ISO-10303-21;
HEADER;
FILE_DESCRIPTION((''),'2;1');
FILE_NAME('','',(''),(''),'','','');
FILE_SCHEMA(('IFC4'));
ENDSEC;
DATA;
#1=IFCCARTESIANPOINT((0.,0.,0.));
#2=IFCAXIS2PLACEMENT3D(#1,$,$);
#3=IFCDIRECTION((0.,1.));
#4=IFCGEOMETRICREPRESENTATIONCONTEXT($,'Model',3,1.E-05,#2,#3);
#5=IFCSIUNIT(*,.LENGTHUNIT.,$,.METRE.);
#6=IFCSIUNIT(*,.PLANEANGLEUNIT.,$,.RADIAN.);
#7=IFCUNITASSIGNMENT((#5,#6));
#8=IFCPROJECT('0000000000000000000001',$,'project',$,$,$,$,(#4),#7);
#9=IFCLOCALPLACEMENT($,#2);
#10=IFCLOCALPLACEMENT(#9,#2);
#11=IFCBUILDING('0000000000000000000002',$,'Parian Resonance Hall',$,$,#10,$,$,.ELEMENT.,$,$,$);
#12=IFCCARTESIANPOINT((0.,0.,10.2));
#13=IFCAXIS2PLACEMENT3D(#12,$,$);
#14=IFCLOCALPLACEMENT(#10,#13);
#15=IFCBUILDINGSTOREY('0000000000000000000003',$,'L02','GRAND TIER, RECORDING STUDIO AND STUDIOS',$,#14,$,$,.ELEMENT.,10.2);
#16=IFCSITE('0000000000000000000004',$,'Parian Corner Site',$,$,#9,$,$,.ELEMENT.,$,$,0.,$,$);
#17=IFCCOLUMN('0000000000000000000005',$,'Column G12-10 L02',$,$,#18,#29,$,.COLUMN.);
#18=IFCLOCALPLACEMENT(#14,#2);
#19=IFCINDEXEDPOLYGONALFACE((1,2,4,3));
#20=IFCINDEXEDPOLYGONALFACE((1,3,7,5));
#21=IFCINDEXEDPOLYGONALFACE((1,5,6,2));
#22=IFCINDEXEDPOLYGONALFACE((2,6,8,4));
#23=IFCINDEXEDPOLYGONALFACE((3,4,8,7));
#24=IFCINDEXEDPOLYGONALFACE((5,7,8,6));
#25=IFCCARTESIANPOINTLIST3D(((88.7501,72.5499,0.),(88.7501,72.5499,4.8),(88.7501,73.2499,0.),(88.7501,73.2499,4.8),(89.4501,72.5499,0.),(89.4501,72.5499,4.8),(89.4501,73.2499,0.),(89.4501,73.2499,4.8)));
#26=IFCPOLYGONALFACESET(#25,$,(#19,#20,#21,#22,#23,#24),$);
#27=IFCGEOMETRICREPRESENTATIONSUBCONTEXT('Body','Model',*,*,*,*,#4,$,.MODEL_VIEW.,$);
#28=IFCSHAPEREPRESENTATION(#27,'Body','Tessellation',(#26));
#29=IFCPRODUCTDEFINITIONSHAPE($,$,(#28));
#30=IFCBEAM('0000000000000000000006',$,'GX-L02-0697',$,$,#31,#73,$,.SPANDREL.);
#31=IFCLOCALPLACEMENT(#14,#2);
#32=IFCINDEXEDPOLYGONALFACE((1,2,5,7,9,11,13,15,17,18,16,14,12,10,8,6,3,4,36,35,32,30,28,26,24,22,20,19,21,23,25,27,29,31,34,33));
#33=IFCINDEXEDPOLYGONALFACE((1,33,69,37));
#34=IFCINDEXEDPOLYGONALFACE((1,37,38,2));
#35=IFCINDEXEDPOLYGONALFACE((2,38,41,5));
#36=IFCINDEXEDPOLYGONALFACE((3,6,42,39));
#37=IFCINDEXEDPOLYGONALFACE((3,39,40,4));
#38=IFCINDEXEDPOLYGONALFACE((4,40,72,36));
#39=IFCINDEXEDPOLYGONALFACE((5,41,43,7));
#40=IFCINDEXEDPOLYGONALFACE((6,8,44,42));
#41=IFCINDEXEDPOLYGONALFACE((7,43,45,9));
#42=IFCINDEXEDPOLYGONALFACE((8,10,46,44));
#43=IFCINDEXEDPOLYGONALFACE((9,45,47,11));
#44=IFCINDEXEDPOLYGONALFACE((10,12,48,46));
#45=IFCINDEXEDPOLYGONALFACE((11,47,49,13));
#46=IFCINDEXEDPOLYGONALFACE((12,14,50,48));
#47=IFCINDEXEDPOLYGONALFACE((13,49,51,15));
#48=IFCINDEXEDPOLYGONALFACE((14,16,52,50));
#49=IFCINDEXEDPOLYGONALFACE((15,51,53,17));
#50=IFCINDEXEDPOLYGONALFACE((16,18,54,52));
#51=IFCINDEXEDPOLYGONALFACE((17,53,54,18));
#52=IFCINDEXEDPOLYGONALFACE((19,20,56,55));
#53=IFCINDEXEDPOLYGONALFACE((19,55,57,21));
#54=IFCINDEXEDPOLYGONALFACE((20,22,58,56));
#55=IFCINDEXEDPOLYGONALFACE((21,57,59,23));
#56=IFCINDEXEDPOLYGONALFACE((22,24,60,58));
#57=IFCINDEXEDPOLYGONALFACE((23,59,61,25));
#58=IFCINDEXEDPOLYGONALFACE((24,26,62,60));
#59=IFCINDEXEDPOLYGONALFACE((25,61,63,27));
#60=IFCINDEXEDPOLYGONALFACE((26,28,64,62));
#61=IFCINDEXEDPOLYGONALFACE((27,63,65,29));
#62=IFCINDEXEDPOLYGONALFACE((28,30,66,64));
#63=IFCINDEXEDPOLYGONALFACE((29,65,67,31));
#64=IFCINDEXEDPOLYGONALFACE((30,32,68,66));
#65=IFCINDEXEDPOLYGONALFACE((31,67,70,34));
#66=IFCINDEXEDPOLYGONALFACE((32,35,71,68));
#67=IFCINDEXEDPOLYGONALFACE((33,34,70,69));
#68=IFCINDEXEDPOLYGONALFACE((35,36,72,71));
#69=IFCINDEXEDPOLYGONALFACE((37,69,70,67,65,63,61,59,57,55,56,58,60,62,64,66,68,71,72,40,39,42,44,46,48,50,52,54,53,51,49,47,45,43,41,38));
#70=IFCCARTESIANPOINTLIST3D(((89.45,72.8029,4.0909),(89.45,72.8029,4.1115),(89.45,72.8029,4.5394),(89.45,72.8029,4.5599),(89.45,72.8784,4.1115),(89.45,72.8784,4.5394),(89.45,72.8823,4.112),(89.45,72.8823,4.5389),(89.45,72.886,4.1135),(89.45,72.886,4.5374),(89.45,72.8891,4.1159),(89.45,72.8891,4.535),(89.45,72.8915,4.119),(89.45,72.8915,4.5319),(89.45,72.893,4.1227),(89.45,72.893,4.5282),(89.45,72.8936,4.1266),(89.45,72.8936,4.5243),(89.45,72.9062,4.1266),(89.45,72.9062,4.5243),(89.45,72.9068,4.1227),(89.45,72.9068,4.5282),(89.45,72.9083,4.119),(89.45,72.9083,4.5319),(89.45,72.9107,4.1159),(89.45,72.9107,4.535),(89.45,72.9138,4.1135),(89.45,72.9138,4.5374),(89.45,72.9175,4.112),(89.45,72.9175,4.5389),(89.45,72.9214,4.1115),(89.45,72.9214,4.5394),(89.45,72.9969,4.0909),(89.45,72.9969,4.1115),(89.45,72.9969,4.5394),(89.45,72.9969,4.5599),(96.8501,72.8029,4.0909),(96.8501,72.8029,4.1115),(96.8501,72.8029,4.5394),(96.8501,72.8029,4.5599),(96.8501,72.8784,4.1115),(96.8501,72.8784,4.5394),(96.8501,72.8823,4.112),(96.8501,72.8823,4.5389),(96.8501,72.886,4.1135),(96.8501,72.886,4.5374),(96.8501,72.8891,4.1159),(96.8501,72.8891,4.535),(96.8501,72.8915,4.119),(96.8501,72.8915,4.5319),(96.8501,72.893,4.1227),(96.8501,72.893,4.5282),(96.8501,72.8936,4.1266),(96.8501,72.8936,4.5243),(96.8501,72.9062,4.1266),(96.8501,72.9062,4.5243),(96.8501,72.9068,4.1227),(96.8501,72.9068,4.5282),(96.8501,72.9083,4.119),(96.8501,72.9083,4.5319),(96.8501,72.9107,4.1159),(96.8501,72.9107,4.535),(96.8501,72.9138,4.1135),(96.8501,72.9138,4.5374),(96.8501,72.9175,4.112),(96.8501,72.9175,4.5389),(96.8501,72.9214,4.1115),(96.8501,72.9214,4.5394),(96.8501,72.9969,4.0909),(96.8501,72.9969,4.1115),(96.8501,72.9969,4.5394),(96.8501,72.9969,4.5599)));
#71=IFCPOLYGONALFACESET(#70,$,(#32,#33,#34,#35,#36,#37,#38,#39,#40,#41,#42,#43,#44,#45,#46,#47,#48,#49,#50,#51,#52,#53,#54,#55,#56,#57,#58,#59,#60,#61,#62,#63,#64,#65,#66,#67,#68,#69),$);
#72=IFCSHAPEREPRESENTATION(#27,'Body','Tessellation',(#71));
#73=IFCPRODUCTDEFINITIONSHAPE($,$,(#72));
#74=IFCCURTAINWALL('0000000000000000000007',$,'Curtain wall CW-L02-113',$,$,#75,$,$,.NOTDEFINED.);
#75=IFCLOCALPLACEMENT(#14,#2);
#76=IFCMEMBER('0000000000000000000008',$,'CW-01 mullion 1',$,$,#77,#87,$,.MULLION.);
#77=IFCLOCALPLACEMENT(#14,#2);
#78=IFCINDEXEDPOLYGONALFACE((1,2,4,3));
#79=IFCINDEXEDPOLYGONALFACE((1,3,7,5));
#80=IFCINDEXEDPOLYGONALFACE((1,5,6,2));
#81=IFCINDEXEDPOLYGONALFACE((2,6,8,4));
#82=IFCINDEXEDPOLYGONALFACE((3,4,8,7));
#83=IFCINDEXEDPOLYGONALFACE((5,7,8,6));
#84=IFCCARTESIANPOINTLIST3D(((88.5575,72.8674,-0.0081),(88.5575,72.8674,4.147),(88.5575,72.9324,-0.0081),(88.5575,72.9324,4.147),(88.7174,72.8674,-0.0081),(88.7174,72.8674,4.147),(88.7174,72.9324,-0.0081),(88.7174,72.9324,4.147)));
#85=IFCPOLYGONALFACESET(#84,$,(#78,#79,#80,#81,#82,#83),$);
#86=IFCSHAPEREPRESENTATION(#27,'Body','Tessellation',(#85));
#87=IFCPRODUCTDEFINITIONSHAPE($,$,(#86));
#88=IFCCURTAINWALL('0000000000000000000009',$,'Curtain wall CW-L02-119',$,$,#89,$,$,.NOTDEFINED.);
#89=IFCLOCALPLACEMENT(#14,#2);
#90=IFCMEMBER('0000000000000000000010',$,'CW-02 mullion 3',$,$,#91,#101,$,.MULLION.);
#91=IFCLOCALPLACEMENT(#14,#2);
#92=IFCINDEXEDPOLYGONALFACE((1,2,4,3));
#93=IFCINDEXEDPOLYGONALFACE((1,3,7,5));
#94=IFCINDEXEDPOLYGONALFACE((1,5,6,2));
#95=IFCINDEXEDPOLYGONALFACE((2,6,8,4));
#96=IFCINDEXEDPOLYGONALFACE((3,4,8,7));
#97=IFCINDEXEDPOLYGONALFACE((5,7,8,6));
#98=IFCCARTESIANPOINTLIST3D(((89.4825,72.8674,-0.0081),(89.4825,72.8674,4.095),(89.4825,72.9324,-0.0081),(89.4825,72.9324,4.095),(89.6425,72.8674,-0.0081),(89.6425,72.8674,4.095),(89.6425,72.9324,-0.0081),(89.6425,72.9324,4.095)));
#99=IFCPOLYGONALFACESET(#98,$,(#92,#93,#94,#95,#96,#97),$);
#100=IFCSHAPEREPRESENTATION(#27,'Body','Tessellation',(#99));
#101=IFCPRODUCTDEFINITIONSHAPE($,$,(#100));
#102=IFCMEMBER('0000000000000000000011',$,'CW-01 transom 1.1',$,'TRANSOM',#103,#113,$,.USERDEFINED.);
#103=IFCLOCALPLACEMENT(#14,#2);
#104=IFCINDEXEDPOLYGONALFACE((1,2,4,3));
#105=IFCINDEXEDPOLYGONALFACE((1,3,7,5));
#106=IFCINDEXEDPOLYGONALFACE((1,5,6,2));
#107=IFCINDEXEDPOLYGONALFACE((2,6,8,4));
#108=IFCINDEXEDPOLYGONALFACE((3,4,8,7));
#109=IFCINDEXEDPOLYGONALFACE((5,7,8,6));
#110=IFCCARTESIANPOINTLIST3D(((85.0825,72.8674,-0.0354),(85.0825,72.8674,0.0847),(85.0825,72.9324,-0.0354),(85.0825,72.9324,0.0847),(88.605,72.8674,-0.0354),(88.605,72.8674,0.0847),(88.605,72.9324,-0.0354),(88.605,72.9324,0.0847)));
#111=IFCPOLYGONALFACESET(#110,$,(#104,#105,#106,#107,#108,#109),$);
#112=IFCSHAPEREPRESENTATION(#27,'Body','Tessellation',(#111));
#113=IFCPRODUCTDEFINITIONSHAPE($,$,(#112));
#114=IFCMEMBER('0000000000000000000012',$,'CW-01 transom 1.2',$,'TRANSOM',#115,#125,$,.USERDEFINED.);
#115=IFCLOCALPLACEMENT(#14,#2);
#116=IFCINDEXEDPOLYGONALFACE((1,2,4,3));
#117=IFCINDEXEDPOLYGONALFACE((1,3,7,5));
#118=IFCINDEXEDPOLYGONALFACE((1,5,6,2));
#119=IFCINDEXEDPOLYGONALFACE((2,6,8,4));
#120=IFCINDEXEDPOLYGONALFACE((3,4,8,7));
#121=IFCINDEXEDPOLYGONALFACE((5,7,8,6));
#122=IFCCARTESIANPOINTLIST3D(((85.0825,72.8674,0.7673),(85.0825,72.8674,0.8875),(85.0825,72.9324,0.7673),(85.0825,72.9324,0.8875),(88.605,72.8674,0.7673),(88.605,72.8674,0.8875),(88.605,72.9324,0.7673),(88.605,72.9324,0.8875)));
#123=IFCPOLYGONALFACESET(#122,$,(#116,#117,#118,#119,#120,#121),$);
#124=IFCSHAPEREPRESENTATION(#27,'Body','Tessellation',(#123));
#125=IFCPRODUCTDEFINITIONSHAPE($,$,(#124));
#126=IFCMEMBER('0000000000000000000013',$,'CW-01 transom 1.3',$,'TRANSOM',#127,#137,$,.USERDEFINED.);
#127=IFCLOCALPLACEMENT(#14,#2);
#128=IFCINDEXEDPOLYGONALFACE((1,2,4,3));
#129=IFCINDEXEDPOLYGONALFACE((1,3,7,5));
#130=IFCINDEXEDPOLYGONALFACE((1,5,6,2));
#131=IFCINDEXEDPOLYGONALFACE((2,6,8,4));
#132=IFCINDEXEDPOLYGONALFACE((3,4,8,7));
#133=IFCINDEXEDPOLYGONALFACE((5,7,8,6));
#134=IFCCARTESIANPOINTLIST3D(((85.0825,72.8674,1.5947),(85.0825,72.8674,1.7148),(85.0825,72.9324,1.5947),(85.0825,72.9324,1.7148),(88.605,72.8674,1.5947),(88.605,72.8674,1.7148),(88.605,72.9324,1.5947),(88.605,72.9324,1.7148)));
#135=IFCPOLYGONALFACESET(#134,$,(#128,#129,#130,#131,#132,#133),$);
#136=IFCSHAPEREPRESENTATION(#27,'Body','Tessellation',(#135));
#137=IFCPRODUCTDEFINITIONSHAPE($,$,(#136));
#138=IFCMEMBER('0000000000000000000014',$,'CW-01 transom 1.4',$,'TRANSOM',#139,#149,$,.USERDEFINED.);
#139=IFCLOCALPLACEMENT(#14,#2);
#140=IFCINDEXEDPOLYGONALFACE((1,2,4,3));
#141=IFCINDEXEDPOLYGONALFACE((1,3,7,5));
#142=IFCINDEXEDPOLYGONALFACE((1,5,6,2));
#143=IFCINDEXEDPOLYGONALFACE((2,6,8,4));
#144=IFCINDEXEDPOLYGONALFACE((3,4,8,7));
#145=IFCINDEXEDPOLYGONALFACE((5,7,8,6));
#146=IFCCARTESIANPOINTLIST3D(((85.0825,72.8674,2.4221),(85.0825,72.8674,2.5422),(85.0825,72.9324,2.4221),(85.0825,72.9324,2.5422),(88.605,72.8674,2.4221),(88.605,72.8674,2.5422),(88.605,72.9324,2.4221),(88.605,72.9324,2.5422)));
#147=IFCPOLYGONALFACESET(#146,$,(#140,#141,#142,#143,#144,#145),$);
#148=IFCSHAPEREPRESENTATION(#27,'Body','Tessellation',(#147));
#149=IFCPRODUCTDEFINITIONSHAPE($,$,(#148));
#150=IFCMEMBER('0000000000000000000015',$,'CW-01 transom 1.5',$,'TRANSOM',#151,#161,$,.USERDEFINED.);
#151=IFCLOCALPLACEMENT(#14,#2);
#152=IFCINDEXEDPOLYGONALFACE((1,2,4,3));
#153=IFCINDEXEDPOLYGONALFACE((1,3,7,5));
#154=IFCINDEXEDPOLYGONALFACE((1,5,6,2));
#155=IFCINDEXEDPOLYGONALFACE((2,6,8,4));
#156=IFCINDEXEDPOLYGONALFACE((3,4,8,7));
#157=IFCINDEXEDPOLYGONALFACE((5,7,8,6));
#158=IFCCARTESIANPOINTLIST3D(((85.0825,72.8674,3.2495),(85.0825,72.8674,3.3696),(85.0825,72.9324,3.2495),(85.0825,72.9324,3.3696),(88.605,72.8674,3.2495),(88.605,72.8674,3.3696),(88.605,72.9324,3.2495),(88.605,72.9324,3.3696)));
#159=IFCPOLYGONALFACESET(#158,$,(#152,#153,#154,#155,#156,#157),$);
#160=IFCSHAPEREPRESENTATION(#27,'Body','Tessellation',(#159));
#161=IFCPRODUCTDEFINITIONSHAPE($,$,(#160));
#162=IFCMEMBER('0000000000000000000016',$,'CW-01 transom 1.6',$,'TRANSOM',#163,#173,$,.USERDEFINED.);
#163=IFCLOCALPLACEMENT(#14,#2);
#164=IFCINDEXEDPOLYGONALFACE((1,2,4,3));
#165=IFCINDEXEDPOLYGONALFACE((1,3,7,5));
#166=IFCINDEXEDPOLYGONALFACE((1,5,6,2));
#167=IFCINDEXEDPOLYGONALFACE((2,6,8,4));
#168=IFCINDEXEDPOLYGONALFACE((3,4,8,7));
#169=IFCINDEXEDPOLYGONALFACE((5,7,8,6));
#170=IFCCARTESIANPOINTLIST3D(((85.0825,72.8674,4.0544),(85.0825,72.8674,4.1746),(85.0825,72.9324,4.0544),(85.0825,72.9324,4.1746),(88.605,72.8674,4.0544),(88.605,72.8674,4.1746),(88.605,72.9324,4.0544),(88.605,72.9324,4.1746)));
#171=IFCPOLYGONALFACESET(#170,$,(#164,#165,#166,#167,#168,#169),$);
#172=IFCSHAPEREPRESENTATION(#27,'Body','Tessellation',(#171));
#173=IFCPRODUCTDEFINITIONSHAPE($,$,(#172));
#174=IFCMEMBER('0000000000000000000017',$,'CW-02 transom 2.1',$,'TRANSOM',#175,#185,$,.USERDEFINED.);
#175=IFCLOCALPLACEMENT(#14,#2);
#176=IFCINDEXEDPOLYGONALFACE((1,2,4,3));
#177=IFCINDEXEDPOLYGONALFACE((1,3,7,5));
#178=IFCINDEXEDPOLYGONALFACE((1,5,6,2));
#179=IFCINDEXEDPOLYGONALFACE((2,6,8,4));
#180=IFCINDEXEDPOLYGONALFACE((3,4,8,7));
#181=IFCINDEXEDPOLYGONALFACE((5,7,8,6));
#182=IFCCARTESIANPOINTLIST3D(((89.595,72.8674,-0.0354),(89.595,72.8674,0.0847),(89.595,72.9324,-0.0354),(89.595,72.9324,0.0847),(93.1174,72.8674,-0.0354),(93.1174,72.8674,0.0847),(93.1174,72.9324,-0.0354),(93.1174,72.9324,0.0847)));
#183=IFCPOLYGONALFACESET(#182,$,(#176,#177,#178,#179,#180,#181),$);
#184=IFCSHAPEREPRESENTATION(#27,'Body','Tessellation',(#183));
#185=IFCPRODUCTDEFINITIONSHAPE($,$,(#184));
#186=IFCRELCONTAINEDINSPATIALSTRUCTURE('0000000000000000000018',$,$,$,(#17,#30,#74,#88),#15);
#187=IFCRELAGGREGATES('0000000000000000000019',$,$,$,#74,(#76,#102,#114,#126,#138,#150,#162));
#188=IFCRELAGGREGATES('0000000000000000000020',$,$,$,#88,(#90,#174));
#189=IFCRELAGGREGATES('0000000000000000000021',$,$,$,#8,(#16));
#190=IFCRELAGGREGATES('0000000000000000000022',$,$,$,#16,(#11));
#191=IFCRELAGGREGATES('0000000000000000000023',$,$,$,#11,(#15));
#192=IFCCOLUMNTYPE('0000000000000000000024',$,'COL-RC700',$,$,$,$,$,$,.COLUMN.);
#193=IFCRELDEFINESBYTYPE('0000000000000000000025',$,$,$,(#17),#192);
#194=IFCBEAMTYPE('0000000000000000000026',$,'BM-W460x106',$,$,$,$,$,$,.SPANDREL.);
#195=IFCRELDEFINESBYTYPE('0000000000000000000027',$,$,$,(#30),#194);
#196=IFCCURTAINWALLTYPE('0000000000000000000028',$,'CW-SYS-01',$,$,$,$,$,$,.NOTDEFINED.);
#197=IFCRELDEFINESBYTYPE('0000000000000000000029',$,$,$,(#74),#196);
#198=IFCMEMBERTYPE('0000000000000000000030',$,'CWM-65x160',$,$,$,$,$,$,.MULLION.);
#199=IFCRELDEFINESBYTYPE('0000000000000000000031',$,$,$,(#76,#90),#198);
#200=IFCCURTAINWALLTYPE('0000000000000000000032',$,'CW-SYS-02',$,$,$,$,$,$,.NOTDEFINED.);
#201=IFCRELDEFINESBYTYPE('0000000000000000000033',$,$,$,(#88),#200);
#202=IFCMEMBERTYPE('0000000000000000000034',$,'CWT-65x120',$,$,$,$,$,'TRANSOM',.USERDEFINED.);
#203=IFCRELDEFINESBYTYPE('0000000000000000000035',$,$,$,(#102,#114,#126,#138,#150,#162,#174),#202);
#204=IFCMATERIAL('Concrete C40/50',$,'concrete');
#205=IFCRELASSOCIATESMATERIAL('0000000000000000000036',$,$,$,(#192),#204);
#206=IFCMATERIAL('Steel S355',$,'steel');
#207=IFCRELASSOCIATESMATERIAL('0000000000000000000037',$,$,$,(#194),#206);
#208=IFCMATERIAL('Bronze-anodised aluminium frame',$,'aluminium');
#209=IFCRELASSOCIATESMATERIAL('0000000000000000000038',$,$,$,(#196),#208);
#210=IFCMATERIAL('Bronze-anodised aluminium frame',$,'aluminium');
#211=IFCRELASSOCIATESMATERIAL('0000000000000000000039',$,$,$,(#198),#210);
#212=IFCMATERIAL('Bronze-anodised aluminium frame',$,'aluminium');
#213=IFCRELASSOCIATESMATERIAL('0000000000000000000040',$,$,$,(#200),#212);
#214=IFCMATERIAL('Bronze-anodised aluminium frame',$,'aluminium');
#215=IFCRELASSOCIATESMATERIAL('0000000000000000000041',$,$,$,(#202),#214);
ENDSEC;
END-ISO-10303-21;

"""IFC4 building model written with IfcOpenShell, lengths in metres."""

from ifc_helpers import new_model, si_unit, direction, frame, origin, origin_2d, place, context, subcontext, project, spatial, rectangle, i_section, extrude, material, material_profile, profile_set, type_object, element, aggregate, save


model = new_model("IFC4")

# Units and contexts
model_context = context("Model", 3, precision=1e-05, world=origin(), true_north=direction((0.0, 1.0)))
body_context = subcontext(model_context, "Body", "Model", "MODEL_VIEW")
ifc_project = project(units=[si_unit("LENGTHUNIT", "METRE"), si_unit("PLANEANGLEUNIT", "RADIAN")], contexts=[model_context])

# Site, building, storey
site_placement = place(None, origin())
site = spatial("IfcSite", under=ifc_project, at=site_placement, Name="Parian Corner Site", CompositionType="ELEMENT", RefElevation=0.0)
building_placement = place(site_placement, origin())
building = spatial("IfcBuilding", under=site, at=building_placement, Name="Parian Resonance Hall", CompositionType="ELEMENT")
storey_placement = place(building_placement, frame((0.0, 0.0, 10.2)))
storey = spatial("IfcBuildingStorey", under=building, at=storey_placement, Name="L02", Description="GRAND TIER, RECORDING STUDIO AND STUDIOS", CompositionType="ELEMENT", Elevation=10.2)

# Column
ifc_material_1 = material(Name="Concrete C40/50", Category="concrete")
ifc_material_profile_1 = material_profile(ifc_material_1, rectangle(XDim=0.7, YDim=0.7, at=origin_2d()), Name="RC-COL-700x700")
ifc_profile_set_1 = profile_set([ifc_material_profile_1], Name="Concrete C40/50")
column_type = type_object("IfcColumnType", Name="COL-RC700", PredefinedType="COLUMN", material=ifc_profile_set_1)
column_placement = place(storey_placement, frame((89.1001, 72.8999, 0.0), z_axis=(0.0, 0.0, 1.0), x_axis=(1.0, 0.0, 0.0)))
element("IfcColumn", 1, at=column_placement, inside=storey, type_object=column_type, Name="Column G12-10 L02", PredefinedType="COLUMN", context=body_context, shape_type="SweptSolid", body=[
    extrude(rectangle(XDim=0.7, YDim=0.7, at=origin_2d()), origin(), (0.0, 0.0, 1.0), 4.8),
])

# Beam
ifc_material_2 = material(Name="Steel S355", Category="steel")
ifc_material_profile_2 = material_profile(ifc_material_2, i_section(OverallWidth=0.1941, OverallDepth=0.469, WebThickness=0.0127, FlangeThickness=0.0205, FilletRadius=0.0151, at=origin_2d()), Name="W460x106")
ifc_profile_set_2 = profile_set([ifc_material_profile_2], Name="Steel S355")
beam_type = type_object("IfcBeamType", Name="BM-W460x106", PredefinedType="SPANDREL", material=ifc_profile_set_2)
beam_placement = place(storey_placement, frame((89.45, 72.8999, 4.3254), z_axis=(1.0, 0.0, 0.0), x_axis=(0.0, 1.0, 0.0)))
element("IfcBeam", 2, at=beam_placement, inside=storey, type_object=beam_type, Name="GX-L02-0697", PredefinedType="SPANDREL", context=body_context, shape_type="SweptSolid", body=[
    extrude(i_section(OverallWidth=0.1941, OverallDepth=0.469, WebThickness=0.0127, FlangeThickness=0.0205, FilletRadius=0.0151, at=origin_2d()), origin(), (0.0, 0.0, 1.0), 7.4001),
])

# Curtain walls, members
ifc_material_3 = material(Name="Bronze-anodised aluminium frame", Category="aluminium")
curtain_wall_type_1 = type_object("IfcCurtainWallType", Name="CW-SYS-01", PredefinedType="NOTDEFINED", material=ifc_material_3)
curtain_wall_1_placement = place(storey_placement, origin())
curtain_wall_1 = element("IfcCurtainWall", 3, at=curtain_wall_1_placement, inside=storey, type_object=curtain_wall_type_1, Name="Curtain wall CW-L02-113", PredefinedType="NOTDEFINED")
ifc_material_4 = material(Name="Bronze-anodised aluminium frame", Category="aluminium")
ifc_material_profile_3 = material_profile(ifc_material_4, rectangle(XDim=0.0649, YDim=0.1599, at=origin_2d()), Name="CWM-65x160")
ifc_profile_set_3 = profile_set([ifc_material_profile_3], Name="Bronze-anodised aluminium frame")
member_type_1 = type_object("IfcMemberType", Name="CWM-65x160", PredefinedType="MULLION", material=ifc_profile_set_3)
member_1_placement = place(storey_placement, frame((88.6375, 72.8999, -0.0081), z_axis=(0.0, 0.0, 1.0), x_axis=(0.0, -1.0, 0.0)))
member_1 = element("IfcMember", 4, at=member_1_placement, type_object=member_type_1, Name="CW-01 mullion 1", PredefinedType="MULLION", context=body_context, shape_type="SweptSolid", body=[
    extrude(rectangle(XDim=0.0649, YDim=0.1599, at=origin_2d()), origin(), (0.0, 0.0, 1.0), 4.155),
])
ifc_material_5 = material(Name="Bronze-anodised aluminium frame", Category="aluminium")
curtain_wall_type_2 = type_object("IfcCurtainWallType", Name="CW-SYS-02", PredefinedType="NOTDEFINED", material=ifc_material_5)
curtain_wall_2_placement = place(storey_placement, origin())
curtain_wall_2 = element("IfcCurtainWall", 5, at=curtain_wall_2_placement, inside=storey, type_object=curtain_wall_type_2, Name="Curtain wall CW-L02-119", PredefinedType="NOTDEFINED")
member_2_placement = place(storey_placement, frame((89.5625, 72.8999, -0.0081), z_axis=(0.0, 0.0, 1.0), x_axis=(0.0, -1.0, 0.0)))
member_2 = element("IfcMember", 6, at=member_2_placement, type_object=member_type_1, Name="CW-02 mullion 3", PredefinedType="MULLION", context=body_context, shape_type="SweptSolid", body=[
    extrude(rectangle(XDim=0.0649, YDim=0.1599, at=origin_2d()), origin(), (0.0, 0.0, 1.0), 4.103),
])

# Members
ifc_material_6 = material(Name="Bronze-anodised aluminium frame", Category="aluminium")
ifc_material_profile_4 = material_profile(ifc_material_6, rectangle(XDim=0.0649, YDim=0.1201, at=origin_2d()), Name="CWT-65x120")
ifc_profile_set_4 = profile_set([ifc_material_profile_4], Name="Bronze-anodised aluminium frame")
member_type_2 = type_object("IfcMemberType", Name="CWT-65x120", ElementType="TRANSOM", PredefinedType="USERDEFINED", material=ifc_profile_set_4)
member_3_placement = place(storey_placement, frame((88.605, 72.8999, 0.0247), z_axis=(-1.0, 0.0, 0.0), x_axis=(0.0, -1.0, 0.0)))
member_3 = element("IfcMember", 7, at=member_3_placement, type_object=member_type_2, Name="CW-01 transom 1.1", ObjectType="TRANSOM", PredefinedType="USERDEFINED", context=body_context, shape_type="SweptSolid", body=[
    extrude(rectangle(XDim=0.0649, YDim=0.1201, at=origin_2d()), origin(), (0.0, 0.0, 1.0), 3.5225),
])
member_4_placement = place(storey_placement, frame((88.605, 72.8999, 0.8274), z_axis=(-1.0, 0.0, 0.0), x_axis=(0.0, -1.0, 0.0)))
member_4 = element("IfcMember", 8, at=member_4_placement, type_object=member_type_2, Name="CW-01 transom 1.2", ObjectType="TRANSOM", PredefinedType="USERDEFINED", context=body_context, shape_type="SweptSolid", body=[
    extrude(rectangle(XDim=0.0649, YDim=0.1201, at=origin_2d()), origin(), (0.0, 0.0, 1.0), 3.5225),
])
member_5_placement = place(storey_placement, frame((88.605, 72.8999, 1.6548), z_axis=(-1.0, 0.0, 0.0), x_axis=(0.0, -1.0, 0.0)))
member_5 = element("IfcMember", 9, at=member_5_placement, type_object=member_type_2, Name="CW-01 transom 1.3", ObjectType="TRANSOM", PredefinedType="USERDEFINED", context=body_context, shape_type="SweptSolid", body=[
    extrude(rectangle(XDim=0.0649, YDim=0.1201, at=origin_2d()), origin(), (0.0, 0.0, 1.0), 3.5225),
])
member_6_placement = place(storey_placement, frame((88.605, 72.8999, 2.4822), z_axis=(-1.0, 0.0, 0.0), x_axis=(0.0, -1.0, 0.0)))
member_6 = element("IfcMember", 10, at=member_6_placement, type_object=member_type_2, Name="CW-01 transom 1.4", ObjectType="TRANSOM", PredefinedType="USERDEFINED", context=body_context, shape_type="SweptSolid", body=[
    extrude(rectangle(XDim=0.0649, YDim=0.1201, at=origin_2d()), origin(), (0.0, 0.0, 1.0), 3.5225),
])
member_7_placement = place(storey_placement, frame((88.605, 72.8999, 3.3096), z_axis=(-1.0, 0.0, 0.0), x_axis=(0.0, -1.0, 0.0)))
member_7 = element("IfcMember", 11, at=member_7_placement, type_object=member_type_2, Name="CW-01 transom 1.5", ObjectType="TRANSOM", PredefinedType="USERDEFINED", context=body_context, shape_type="SweptSolid", body=[
    extrude(rectangle(XDim=0.0649, YDim=0.1201, at=origin_2d()), origin(), (0.0, 0.0, 1.0), 3.5225),
])
member_8_placement = place(storey_placement, frame((88.605, 72.8999, 4.1145), z_axis=(-1.0, 0.0, 0.0), x_axis=(0.0, -1.0, 0.0)))
member_8 = element("IfcMember", 12, at=member_8_placement, type_object=member_type_2, Name="CW-01 transom 1.6", ObjectType="TRANSOM", PredefinedType="USERDEFINED", context=body_context, shape_type="SweptSolid", body=[
    extrude(rectangle(XDim=0.0649, YDim=0.1201, at=origin_2d()), origin(), (0.0, 0.0, 1.0), 3.5225),
])
member_9_placement = place(storey_placement, frame((93.1174, 72.8999, 0.0247), z_axis=(-1.0, 0.0, 0.0), x_axis=(0.0, -1.0, 0.0)))
member_9 = element("IfcMember", 13, at=member_9_placement, type_object=member_type_2, Name="CW-02 transom 2.1", ObjectType="TRANSOM", PredefinedType="USERDEFINED", context=body_context, shape_type="SweptSolid", body=[
    extrude(rectangle(XDim=0.0649, YDim=0.1201, at=origin_2d()), origin(), (0.0, 0.0, 1.0), 3.5225),
])

aggregate(curtain_wall_1, [member_1, member_3, member_4, member_5, member_6, member_7, member_8])
aggregate(curtain_wall_2, [member_2, member_9])

save(model, "model.ifc")
